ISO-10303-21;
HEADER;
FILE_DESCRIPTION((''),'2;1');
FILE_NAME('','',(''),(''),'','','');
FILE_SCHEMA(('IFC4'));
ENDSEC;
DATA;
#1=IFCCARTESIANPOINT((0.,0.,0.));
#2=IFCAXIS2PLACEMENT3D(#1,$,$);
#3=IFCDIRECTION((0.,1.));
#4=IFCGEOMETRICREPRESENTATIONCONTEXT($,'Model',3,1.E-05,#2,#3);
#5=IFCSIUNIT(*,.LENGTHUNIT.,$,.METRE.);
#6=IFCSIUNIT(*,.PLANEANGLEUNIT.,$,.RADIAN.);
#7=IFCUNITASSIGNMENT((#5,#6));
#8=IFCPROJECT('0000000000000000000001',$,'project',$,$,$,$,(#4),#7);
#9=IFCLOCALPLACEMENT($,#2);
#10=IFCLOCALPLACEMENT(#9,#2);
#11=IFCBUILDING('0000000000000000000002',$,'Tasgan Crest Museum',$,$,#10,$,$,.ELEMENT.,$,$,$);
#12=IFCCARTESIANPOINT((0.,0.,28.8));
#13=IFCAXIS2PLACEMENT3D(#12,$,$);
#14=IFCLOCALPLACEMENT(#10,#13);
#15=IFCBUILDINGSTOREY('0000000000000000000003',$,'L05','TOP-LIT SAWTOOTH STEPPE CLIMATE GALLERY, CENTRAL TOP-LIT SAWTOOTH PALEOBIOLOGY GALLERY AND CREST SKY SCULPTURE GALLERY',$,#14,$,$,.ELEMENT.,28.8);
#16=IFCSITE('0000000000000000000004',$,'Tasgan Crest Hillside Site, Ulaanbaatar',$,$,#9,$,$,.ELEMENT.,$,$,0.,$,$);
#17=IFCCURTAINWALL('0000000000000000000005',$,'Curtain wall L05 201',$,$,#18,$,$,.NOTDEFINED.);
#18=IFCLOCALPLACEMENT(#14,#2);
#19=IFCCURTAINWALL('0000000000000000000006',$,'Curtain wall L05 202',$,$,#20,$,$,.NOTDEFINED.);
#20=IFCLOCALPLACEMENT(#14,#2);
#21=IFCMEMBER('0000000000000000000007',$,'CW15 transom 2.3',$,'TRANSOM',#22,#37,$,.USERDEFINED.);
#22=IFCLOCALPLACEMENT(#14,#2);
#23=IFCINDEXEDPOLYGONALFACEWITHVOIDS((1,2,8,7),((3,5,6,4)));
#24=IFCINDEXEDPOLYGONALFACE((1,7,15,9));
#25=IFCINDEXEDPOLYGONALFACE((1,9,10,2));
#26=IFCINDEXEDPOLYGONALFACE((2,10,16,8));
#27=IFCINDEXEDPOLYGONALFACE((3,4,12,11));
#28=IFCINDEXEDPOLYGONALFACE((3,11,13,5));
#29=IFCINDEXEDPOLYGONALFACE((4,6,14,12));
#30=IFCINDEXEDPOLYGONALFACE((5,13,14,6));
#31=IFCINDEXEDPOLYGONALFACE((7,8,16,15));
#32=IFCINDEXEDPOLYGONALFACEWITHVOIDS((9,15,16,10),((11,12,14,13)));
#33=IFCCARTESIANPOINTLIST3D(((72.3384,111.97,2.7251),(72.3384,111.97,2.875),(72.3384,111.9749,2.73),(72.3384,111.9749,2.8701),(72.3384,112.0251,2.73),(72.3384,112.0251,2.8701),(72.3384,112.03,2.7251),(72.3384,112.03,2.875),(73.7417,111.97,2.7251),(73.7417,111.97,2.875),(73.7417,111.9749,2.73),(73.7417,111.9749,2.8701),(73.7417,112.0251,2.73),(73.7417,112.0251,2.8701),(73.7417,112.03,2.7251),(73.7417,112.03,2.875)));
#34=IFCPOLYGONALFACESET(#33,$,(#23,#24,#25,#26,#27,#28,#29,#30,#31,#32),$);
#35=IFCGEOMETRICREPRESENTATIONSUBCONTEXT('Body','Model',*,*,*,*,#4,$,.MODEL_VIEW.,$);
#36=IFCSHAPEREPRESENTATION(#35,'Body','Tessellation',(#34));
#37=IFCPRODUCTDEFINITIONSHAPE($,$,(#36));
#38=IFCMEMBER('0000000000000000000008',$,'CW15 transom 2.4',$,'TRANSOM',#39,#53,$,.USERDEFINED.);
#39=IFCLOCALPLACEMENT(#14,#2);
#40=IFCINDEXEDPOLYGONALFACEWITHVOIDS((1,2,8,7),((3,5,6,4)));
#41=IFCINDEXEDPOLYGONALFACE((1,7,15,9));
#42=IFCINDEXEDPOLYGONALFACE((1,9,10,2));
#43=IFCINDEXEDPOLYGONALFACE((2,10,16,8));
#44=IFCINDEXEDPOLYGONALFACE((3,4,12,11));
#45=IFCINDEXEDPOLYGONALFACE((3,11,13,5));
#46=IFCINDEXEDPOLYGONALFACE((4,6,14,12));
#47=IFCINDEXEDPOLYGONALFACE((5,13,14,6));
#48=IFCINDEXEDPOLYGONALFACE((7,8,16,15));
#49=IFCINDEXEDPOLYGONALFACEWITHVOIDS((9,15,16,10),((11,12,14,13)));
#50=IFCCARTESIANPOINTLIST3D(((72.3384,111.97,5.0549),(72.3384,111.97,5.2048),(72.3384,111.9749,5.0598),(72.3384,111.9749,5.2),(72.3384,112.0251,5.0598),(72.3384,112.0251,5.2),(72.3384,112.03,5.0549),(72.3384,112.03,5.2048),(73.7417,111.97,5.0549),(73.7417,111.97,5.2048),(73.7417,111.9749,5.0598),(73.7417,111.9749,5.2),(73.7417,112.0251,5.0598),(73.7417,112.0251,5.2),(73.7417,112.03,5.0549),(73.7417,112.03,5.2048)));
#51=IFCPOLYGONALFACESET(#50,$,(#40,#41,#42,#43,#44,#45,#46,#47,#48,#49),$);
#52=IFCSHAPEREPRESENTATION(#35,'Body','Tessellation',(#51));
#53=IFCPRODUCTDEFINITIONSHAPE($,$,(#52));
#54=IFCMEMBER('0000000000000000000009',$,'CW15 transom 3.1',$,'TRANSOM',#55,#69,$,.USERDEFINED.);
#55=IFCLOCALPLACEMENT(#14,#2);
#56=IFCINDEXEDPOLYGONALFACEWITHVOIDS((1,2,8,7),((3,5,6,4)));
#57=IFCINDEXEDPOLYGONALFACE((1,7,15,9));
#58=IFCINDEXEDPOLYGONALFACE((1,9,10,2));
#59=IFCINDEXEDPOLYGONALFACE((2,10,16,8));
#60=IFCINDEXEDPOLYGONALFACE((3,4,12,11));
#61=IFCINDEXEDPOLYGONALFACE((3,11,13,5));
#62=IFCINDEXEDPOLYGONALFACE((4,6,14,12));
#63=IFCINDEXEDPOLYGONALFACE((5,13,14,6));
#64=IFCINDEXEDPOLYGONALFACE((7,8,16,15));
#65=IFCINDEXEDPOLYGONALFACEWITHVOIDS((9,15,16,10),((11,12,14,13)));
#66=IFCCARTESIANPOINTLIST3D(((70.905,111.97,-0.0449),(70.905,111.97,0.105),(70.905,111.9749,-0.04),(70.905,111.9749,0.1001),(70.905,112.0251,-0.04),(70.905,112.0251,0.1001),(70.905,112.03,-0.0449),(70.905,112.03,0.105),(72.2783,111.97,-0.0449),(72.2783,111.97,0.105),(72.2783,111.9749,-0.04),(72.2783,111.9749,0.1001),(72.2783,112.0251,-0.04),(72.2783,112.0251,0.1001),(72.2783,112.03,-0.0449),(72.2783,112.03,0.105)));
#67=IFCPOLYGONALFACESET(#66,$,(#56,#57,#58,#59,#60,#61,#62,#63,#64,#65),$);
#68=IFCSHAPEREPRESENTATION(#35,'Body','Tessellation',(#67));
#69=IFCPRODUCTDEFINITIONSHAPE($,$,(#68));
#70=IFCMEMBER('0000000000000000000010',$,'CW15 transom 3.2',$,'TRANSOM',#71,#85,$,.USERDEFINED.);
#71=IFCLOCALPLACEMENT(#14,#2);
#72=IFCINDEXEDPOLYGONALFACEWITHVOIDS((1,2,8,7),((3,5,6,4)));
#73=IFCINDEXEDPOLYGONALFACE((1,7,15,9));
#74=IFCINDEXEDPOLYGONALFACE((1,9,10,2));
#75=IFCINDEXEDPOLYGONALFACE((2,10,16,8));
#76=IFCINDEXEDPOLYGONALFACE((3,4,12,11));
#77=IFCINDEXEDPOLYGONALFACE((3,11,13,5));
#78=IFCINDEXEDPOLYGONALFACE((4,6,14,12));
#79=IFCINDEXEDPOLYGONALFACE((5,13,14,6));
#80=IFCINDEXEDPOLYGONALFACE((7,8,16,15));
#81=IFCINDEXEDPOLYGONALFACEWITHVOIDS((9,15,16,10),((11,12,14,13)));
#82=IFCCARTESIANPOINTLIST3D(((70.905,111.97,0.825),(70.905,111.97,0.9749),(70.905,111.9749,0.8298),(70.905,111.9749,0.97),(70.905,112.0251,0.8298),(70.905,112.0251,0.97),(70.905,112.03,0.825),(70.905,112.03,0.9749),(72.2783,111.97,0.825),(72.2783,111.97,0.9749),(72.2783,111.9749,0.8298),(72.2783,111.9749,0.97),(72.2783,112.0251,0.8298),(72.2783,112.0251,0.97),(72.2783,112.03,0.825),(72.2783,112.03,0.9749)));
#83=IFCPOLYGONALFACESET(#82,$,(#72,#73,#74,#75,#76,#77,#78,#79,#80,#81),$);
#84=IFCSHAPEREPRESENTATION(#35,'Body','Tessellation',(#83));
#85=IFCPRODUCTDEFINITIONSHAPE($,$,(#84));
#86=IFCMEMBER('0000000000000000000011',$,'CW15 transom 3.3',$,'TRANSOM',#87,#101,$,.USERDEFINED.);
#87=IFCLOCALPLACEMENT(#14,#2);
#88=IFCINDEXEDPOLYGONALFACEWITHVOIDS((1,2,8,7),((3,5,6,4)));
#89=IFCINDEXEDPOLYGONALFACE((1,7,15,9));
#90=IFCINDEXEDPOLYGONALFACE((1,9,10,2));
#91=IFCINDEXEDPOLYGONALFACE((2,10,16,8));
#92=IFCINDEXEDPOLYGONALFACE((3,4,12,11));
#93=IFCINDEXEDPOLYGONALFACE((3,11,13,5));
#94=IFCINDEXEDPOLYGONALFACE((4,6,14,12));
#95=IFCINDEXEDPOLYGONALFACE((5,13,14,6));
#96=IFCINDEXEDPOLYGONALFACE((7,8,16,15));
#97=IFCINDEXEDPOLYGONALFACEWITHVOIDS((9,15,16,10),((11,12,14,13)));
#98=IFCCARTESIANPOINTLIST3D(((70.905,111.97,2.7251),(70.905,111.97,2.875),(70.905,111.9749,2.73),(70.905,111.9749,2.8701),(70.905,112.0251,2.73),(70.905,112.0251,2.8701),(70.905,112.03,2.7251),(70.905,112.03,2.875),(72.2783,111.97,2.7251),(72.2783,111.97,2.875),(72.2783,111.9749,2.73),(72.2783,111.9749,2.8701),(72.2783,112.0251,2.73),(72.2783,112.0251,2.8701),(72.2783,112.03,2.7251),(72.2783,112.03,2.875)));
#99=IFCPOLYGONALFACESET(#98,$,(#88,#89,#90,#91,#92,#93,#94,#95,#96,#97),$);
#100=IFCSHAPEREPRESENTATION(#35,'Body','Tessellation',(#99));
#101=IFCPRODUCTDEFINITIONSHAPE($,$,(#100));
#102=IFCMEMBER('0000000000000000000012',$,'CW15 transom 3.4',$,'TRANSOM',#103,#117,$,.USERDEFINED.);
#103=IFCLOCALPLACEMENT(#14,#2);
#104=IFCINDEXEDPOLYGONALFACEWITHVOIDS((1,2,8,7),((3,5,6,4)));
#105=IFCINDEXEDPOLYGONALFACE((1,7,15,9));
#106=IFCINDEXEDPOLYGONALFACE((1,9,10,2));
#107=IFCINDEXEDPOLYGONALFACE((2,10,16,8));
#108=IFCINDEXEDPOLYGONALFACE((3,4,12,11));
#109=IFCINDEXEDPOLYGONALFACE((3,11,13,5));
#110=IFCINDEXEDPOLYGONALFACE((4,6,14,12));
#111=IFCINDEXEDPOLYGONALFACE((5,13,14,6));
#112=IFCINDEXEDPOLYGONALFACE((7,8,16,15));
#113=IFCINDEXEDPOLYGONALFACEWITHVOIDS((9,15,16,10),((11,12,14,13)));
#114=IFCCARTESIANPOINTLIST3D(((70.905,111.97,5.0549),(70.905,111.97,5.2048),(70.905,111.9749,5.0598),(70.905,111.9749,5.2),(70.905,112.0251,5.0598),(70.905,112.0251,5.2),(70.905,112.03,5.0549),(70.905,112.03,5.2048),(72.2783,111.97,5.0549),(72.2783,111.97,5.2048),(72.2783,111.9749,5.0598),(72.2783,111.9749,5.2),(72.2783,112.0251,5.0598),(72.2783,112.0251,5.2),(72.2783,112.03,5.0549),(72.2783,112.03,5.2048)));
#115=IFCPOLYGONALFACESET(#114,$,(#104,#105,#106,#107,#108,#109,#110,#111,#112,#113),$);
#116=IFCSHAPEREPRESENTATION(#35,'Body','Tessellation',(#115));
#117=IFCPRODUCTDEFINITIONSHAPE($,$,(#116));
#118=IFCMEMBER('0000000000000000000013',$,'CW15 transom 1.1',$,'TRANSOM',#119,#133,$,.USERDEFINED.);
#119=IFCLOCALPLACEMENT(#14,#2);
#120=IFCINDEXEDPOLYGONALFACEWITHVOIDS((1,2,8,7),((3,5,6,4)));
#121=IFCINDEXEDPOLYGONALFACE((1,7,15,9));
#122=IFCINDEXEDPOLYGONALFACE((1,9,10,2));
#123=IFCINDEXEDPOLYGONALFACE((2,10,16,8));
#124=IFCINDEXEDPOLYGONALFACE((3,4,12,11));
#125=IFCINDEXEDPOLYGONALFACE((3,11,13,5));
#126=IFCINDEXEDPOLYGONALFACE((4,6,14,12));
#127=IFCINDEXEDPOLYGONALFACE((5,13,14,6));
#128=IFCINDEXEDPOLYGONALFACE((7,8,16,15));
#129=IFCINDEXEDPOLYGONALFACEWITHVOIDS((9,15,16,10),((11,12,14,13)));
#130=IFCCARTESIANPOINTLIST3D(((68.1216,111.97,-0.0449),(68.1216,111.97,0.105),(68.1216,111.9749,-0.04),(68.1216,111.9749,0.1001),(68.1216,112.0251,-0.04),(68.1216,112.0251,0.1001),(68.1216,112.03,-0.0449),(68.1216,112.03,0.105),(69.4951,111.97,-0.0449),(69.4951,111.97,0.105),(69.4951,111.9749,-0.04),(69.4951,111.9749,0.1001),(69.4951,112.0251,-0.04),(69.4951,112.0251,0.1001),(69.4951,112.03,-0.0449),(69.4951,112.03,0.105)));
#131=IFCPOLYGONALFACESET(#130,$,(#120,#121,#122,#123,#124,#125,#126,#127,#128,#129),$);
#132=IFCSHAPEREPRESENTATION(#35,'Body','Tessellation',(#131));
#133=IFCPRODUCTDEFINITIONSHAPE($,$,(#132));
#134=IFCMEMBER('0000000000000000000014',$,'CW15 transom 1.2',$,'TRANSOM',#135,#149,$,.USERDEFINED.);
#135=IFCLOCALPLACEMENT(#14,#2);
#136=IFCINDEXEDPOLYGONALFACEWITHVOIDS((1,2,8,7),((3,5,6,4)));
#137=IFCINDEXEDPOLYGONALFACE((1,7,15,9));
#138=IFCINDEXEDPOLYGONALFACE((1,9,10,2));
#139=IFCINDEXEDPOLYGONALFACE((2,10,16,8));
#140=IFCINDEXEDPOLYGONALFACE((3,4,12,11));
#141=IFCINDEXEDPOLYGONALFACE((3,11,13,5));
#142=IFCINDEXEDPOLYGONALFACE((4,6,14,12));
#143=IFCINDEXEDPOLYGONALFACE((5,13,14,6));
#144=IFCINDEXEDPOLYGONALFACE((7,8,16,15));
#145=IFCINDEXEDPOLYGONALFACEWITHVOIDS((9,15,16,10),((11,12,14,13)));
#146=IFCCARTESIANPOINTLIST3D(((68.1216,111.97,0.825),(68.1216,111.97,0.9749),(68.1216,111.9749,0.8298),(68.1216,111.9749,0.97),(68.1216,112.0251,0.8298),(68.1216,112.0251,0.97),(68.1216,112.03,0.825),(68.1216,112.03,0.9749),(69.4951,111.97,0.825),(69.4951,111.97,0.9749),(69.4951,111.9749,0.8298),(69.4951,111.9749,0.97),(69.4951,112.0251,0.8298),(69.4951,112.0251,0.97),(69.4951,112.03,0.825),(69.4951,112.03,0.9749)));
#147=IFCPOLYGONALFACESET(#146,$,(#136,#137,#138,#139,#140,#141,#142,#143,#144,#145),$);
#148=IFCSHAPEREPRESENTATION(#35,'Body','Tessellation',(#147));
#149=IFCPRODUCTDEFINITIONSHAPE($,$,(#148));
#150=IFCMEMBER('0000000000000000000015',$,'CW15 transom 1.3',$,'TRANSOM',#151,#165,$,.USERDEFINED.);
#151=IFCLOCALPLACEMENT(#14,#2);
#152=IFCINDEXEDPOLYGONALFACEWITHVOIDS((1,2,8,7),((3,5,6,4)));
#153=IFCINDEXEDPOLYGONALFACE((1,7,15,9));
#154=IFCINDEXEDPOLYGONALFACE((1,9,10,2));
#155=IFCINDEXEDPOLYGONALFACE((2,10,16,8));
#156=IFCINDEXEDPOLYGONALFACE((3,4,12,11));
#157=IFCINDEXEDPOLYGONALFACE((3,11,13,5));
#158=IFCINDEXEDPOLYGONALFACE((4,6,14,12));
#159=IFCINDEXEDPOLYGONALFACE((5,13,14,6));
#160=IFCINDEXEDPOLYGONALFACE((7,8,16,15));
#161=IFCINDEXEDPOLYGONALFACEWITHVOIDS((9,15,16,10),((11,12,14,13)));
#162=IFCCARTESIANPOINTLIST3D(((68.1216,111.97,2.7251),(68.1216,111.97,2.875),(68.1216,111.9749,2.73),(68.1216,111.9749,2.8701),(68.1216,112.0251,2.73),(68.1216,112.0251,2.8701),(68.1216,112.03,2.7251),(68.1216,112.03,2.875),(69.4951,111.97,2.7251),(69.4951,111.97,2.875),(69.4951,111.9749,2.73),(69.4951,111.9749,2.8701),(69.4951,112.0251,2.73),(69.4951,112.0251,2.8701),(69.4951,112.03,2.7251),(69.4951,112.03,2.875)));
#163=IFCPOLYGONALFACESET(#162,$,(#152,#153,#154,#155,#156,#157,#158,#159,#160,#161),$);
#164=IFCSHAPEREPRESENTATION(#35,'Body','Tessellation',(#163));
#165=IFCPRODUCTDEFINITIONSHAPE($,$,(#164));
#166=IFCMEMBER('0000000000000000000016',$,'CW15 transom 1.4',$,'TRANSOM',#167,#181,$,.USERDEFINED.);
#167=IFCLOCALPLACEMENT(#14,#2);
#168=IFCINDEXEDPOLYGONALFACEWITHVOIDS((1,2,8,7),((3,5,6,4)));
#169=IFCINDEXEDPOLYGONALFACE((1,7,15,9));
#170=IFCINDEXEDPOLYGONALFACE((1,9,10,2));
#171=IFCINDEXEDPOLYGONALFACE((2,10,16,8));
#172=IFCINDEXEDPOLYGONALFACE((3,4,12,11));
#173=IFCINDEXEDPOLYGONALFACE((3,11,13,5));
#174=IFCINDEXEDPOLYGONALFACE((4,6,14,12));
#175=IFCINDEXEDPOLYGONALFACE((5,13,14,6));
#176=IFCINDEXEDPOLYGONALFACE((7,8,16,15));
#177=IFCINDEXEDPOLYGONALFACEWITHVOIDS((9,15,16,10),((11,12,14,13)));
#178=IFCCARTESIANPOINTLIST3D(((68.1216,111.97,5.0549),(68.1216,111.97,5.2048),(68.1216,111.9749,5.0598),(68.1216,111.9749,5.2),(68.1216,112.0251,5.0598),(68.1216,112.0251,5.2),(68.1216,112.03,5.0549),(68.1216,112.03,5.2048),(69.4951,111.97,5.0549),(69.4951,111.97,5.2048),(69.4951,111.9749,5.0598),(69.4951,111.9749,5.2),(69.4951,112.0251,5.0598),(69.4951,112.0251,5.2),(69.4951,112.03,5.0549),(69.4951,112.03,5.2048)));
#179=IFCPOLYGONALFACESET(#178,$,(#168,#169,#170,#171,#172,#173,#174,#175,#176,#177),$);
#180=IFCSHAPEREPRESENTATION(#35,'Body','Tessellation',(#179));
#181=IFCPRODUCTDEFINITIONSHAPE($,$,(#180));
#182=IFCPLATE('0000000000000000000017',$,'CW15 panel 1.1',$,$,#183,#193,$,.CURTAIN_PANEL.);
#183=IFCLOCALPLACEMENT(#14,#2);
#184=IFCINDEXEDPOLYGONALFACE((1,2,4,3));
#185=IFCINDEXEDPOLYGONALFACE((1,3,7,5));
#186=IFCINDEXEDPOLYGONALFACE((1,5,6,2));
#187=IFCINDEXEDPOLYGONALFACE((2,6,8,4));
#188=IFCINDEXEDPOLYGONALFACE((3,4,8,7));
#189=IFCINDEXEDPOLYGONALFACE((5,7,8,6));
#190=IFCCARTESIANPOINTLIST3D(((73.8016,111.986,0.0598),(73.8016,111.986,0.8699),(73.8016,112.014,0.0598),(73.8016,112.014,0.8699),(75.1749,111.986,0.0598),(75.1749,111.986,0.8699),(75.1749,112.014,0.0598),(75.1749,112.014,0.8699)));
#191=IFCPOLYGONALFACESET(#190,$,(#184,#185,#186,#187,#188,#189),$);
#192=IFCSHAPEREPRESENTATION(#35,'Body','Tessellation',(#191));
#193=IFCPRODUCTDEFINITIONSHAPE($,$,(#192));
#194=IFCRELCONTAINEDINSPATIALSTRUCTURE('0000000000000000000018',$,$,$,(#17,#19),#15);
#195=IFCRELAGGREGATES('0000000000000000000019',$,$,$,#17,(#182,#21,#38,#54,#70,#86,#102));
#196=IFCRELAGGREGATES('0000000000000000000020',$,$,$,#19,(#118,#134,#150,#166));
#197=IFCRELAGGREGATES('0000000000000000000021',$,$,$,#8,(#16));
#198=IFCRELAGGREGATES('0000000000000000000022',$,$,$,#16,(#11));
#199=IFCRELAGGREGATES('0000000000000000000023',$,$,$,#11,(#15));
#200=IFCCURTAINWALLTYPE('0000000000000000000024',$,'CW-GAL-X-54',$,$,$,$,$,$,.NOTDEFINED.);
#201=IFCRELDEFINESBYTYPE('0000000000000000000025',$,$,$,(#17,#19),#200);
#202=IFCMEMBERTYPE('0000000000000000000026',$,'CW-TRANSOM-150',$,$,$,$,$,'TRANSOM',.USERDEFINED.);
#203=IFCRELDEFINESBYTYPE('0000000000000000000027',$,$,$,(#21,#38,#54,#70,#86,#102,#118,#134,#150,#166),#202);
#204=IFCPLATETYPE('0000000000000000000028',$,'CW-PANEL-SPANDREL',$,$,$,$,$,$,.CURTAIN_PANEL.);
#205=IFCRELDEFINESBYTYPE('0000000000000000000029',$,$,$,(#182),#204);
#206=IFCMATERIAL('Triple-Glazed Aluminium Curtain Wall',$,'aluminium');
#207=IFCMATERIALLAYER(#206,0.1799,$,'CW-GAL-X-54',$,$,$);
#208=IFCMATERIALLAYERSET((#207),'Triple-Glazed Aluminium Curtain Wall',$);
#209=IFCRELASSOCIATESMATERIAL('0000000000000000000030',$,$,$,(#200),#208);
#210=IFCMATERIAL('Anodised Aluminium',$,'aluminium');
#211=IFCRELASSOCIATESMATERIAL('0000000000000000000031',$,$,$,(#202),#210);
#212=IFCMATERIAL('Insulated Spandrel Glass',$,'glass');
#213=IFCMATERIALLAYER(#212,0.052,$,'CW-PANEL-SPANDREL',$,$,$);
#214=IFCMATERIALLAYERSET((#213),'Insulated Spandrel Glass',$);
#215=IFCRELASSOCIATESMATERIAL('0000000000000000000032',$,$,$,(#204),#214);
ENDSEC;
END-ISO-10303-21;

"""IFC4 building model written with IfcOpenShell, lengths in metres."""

from ifc_helpers import new_model, si_unit, direction, frame, origin, origin_2d, place, context, subcontext, project, spatial, rectangle, hollow_rectangle, extrude, material, layer, layer_set, material_profile, profile_set, type_object, element, aggregate, save


model = new_model("IFC4")

# Units and contexts
model_context = context("Model", 3, precision=1e-05, world=origin(), true_north=direction((0.0, 1.0)))
body_context = subcontext(model_context, "Body", "Model", "MODEL_VIEW")
ifc_project = project(units=[si_unit("LENGTHUNIT", "METRE"), si_unit("PLANEANGLEUNIT", "RADIAN")], contexts=[model_context])

# Site, building, storey
site_placement = place(None, origin())
site = spatial("IfcSite", under=ifc_project, at=site_placement, Name="Tasgan Crest Hillside Site, Ulaanbaatar", CompositionType="ELEMENT", RefElevation=0.0)
building_placement = place(site_placement, origin())
building = spatial("IfcBuilding", under=site, at=building_placement, Name="Tasgan Crest Museum", CompositionType="ELEMENT")
storey_placement = place(building_placement, frame((0.0, 0.0, 28.8)))
storey = spatial("IfcBuildingStorey", under=building, at=storey_placement, Name="L05", Description="TOP-LIT SAWTOOTH STEPPE CLIMATE GALLERY, CENTRAL TOP-LIT SAWTOOTH PALEOBIOLOGY GALLERY AND CREST SKY SCULPTURE GALLERY", CompositionType="ELEMENT", Elevation=28.8)

# Curtain wall
ifc_material_1 = material(Name="Triple-Glazed Aluminium Curtain Wall", Category="aluminium")
ifc_layer_1 = layer(ifc_material_1, 0.1799, Name="CW-GAL-X-54")
ifc_layer_set_1 = layer_set([ifc_layer_1], Name="Triple-Glazed Aluminium Curtain Wall")
curtain_wall_type = type_object("IfcCurtainWallType", Name="CW-GAL-X-54", PredefinedType="NOTDEFINED", material=ifc_layer_set_1)
curtain_wall_1_placement = place(storey_placement, origin())
curtain_wall_1 = element("IfcCurtainWall", 1, at=curtain_wall_1_placement, inside=storey, type_object=curtain_wall_type, Name="Curtain wall L05 201", PredefinedType="NOTDEFINED")

# Curtain wall
curtain_wall_2_placement = place(storey_placement, origin())
curtain_wall_2 = element("IfcCurtainWall", 2, at=curtain_wall_2_placement, inside=storey, type_object=curtain_wall_type, Name="Curtain wall L05 202", PredefinedType="NOTDEFINED")

# Members
ifc_material_2 = material(Name="Anodised Aluminium", Category="aluminium")
ifc_material_profile_1 = material_profile(ifc_material_2, hollow_rectangle(XDim=0.0601, YDim=0.1499, WallThickness=0.0049, at=origin_2d()), Name="ALU TRANSOM 150x60x5")
ifc_profile_set_1 = profile_set([ifc_material_profile_1], Name="Anodised Aluminium")
member_type_1 = type_object("IfcMemberType", Name="CW-TRANSOM-150", ElementType="TRANSOM", PredefinedType="USERDEFINED", material=ifc_profile_set_1)
member_1_placement = place(storey_placement, frame((73.7417, 112.0, 2.8), z_axis=(-1.0, 0.0, 0.0), x_axis=(0.0, -1.0, 0.0)))
member_1 = element("IfcMember", 3, at=member_1_placement, type_object=member_type_1, Name="CW15 transom 2.3", ObjectType="TRANSOM", PredefinedType="USERDEFINED", context=body_context, shape_type="SweptSolid", body=[
    extrude(hollow_rectangle(XDim=0.0601, YDim=0.1499, WallThickness=0.0049, at=origin_2d()), origin(), (0.0, 0.0, 1.0), 1.4033),
])
member_2_placement = place(storey_placement, frame((73.7417, 112.0, 5.1299), z_axis=(-1.0, 0.0, 0.0), x_axis=(0.0, -1.0, 0.0)))
member_2 = element("IfcMember", 4, at=member_2_placement, type_object=member_type_1, Name="CW15 transom 2.4", ObjectType="TRANSOM", PredefinedType="USERDEFINED", context=body_context, shape_type="SweptSolid", body=[
    extrude(hollow_rectangle(XDim=0.0601, YDim=0.1499, WallThickness=0.0049, at=origin_2d()), origin(), (0.0, 0.0, 1.0), 1.4033),
])
member_3_placement = place(storey_placement, frame((72.2783, 112.0, 0.03), z_axis=(-1.0, 0.0, 0.0), x_axis=(0.0, -1.0, 0.0)))
member_3 = element("IfcMember", 5, at=member_3_placement, type_object=member_type_1, Name="CW15 transom 3.1", ObjectType="TRANSOM", PredefinedType="USERDEFINED", context=body_context, shape_type="SweptSolid", body=[
    extrude(hollow_rectangle(XDim=0.0601, YDim=0.1499, WallThickness=0.0049, at=origin_2d()), origin(), (0.0, 0.0, 1.0), 1.3733),
])
member_4_placement = place(storey_placement, frame((72.2783, 112.0, 0.8999), z_axis=(-1.0, 0.0, 0.0), x_axis=(0.0, -1.0, 0.0)))
member_4 = element("IfcMember", 6, at=member_4_placement, type_object=member_type_1, Name="CW15 transom 3.2", ObjectType="TRANSOM", PredefinedType="USERDEFINED", context=body_context, shape_type="SweptSolid", body=[
    extrude(hollow_rectangle(XDim=0.0601, YDim=0.1499, WallThickness=0.0049, at=origin_2d()), origin(), (0.0, 0.0, 1.0), 1.3733),
])
member_5_placement = place(storey_placement, frame((72.2783, 112.0, 2.8), z_axis=(-1.0, 0.0, 0.0), x_axis=(0.0, -1.0, 0.0)))
member_5 = element("IfcMember", 7, at=member_5_placement, type_object=member_type_1, Name="CW15 transom 3.3", ObjectType="TRANSOM", PredefinedType="USERDEFINED", context=body_context, shape_type="SweptSolid", body=[
    extrude(hollow_rectangle(XDim=0.0601, YDim=0.1499, WallThickness=0.0049, at=origin_2d()), origin(), (0.0, 0.0, 1.0), 1.3733),
])
member_6_placement = place(storey_placement, frame((72.2783, 112.0, 5.1299), z_axis=(-1.0, 0.0, 0.0), x_axis=(0.0, -1.0, 0.0)))
member_6 = element("IfcMember", 8, at=member_6_placement, type_object=member_type_1, Name="CW15 transom 3.4", ObjectType="TRANSOM", PredefinedType="USERDEFINED", context=body_context, shape_type="SweptSolid", body=[
    extrude(hollow_rectangle(XDim=0.0601, YDim=0.1499, WallThickness=0.0049, at=origin_2d()), origin(), (0.0, 0.0, 1.0), 1.3733),
])
member_7_placement = place(storey_placement, frame((69.4951, 112.0, 0.03), z_axis=(-1.0, 0.0, 0.0), x_axis=(0.0, -1.0, 0.0)))
member_7 = element("IfcMember", 9, at=member_7_placement, type_object=member_type_1, Name="CW15 transom 1.1", ObjectType="TRANSOM", PredefinedType="USERDEFINED", context=body_context, shape_type="SweptSolid", body=[
    extrude(hollow_rectangle(XDim=0.0601, YDim=0.1499, WallThickness=0.0049, at=origin_2d()), origin(), (0.0, 0.0, 1.0), 1.3735),
])
member_8_placement = place(storey_placement, frame((69.4951, 112.0, 0.8999), z_axis=(-1.0, 0.0, 0.0), x_axis=(0.0, -1.0, 0.0)))
member_8 = element("IfcMember", 10, at=member_8_placement, type_object=member_type_1, Name="CW15 transom 1.2", ObjectType="TRANSOM", PredefinedType="USERDEFINED", context=body_context, shape_type="SweptSolid", body=[
    extrude(hollow_rectangle(XDim=0.0601, YDim=0.1499, WallThickness=0.0049, at=origin_2d()), origin(), (0.0, 0.0, 1.0), 1.3735),
])
member_9_placement = place(storey_placement, frame((69.4951, 112.0, 2.8), z_axis=(-1.0, 0.0, 0.0), x_axis=(0.0, -1.0, 0.0)))
member_9 = element("IfcMember", 11, at=member_9_placement, type_object=member_type_1, Name="CW15 transom 1.3", ObjectType="TRANSOM", PredefinedType="USERDEFINED", context=body_context, shape_type="SweptSolid", body=[
    extrude(hollow_rectangle(XDim=0.0601, YDim=0.1499, WallThickness=0.0049, at=origin_2d()), origin(), (0.0, 0.0, 1.0), 1.3735),
])
member_10_placement = place(storey_placement, frame((69.4951, 112.0, 5.1299), z_axis=(-1.0, 0.0, 0.0), x_axis=(0.0, -1.0, 0.0)))
member_10 = element("IfcMember", 12, at=member_10_placement, type_object=member_type_1, Name="CW15 transom 1.4", ObjectType="TRANSOM", PredefinedType="USERDEFINED", context=body_context, shape_type="SweptSolid", body=[
    extrude(hollow_rectangle(XDim=0.0601, YDim=0.1499, WallThickness=0.0049, at=origin_2d()), origin(), (0.0, 0.0, 1.0), 1.3735),
])

# Plate
ifc_material_3 = material(Name="Insulated Spandrel Glass", Category="glass")
ifc_layer_2 = layer(ifc_material_3, 0.052, Name="CW-PANEL-SPANDREL")
ifc_layer_set_2 = layer_set([ifc_layer_2], Name="Insulated Spandrel Glass")
plate_type_1 = type_object("IfcPlateType", Name="CW-PANEL-SPANDREL", PredefinedType="CURTAIN_PANEL", material=ifc_layer_set_2)
plate_1_placement = place(storey_placement, frame((74.4883, 112.0, 0.0598), z_axis=(0.0, 0.0, 1.0), x_axis=(-1.0, 0.0, 0.0)))
plate_1 = element("IfcPlate", 13, at=plate_1_placement, type_object=plate_type_1, Name="CW15 panel 1.1", PredefinedType="CURTAIN_PANEL", context=body_context, shape_type="SweptSolid", body=[
    extrude(rectangle(XDim=1.3733, YDim=0.0281, at=origin_2d()), origin(), (0.0, 0.0, 1.0), 0.8101),
])
aggregate(curtain_wall_1, [plate_1, member_1, member_2, member_3, member_4, member_5, member_6])
aggregate(curtain_wall_2, [member_7, member_8, member_9, member_10])

save(model, "model.ifc")
